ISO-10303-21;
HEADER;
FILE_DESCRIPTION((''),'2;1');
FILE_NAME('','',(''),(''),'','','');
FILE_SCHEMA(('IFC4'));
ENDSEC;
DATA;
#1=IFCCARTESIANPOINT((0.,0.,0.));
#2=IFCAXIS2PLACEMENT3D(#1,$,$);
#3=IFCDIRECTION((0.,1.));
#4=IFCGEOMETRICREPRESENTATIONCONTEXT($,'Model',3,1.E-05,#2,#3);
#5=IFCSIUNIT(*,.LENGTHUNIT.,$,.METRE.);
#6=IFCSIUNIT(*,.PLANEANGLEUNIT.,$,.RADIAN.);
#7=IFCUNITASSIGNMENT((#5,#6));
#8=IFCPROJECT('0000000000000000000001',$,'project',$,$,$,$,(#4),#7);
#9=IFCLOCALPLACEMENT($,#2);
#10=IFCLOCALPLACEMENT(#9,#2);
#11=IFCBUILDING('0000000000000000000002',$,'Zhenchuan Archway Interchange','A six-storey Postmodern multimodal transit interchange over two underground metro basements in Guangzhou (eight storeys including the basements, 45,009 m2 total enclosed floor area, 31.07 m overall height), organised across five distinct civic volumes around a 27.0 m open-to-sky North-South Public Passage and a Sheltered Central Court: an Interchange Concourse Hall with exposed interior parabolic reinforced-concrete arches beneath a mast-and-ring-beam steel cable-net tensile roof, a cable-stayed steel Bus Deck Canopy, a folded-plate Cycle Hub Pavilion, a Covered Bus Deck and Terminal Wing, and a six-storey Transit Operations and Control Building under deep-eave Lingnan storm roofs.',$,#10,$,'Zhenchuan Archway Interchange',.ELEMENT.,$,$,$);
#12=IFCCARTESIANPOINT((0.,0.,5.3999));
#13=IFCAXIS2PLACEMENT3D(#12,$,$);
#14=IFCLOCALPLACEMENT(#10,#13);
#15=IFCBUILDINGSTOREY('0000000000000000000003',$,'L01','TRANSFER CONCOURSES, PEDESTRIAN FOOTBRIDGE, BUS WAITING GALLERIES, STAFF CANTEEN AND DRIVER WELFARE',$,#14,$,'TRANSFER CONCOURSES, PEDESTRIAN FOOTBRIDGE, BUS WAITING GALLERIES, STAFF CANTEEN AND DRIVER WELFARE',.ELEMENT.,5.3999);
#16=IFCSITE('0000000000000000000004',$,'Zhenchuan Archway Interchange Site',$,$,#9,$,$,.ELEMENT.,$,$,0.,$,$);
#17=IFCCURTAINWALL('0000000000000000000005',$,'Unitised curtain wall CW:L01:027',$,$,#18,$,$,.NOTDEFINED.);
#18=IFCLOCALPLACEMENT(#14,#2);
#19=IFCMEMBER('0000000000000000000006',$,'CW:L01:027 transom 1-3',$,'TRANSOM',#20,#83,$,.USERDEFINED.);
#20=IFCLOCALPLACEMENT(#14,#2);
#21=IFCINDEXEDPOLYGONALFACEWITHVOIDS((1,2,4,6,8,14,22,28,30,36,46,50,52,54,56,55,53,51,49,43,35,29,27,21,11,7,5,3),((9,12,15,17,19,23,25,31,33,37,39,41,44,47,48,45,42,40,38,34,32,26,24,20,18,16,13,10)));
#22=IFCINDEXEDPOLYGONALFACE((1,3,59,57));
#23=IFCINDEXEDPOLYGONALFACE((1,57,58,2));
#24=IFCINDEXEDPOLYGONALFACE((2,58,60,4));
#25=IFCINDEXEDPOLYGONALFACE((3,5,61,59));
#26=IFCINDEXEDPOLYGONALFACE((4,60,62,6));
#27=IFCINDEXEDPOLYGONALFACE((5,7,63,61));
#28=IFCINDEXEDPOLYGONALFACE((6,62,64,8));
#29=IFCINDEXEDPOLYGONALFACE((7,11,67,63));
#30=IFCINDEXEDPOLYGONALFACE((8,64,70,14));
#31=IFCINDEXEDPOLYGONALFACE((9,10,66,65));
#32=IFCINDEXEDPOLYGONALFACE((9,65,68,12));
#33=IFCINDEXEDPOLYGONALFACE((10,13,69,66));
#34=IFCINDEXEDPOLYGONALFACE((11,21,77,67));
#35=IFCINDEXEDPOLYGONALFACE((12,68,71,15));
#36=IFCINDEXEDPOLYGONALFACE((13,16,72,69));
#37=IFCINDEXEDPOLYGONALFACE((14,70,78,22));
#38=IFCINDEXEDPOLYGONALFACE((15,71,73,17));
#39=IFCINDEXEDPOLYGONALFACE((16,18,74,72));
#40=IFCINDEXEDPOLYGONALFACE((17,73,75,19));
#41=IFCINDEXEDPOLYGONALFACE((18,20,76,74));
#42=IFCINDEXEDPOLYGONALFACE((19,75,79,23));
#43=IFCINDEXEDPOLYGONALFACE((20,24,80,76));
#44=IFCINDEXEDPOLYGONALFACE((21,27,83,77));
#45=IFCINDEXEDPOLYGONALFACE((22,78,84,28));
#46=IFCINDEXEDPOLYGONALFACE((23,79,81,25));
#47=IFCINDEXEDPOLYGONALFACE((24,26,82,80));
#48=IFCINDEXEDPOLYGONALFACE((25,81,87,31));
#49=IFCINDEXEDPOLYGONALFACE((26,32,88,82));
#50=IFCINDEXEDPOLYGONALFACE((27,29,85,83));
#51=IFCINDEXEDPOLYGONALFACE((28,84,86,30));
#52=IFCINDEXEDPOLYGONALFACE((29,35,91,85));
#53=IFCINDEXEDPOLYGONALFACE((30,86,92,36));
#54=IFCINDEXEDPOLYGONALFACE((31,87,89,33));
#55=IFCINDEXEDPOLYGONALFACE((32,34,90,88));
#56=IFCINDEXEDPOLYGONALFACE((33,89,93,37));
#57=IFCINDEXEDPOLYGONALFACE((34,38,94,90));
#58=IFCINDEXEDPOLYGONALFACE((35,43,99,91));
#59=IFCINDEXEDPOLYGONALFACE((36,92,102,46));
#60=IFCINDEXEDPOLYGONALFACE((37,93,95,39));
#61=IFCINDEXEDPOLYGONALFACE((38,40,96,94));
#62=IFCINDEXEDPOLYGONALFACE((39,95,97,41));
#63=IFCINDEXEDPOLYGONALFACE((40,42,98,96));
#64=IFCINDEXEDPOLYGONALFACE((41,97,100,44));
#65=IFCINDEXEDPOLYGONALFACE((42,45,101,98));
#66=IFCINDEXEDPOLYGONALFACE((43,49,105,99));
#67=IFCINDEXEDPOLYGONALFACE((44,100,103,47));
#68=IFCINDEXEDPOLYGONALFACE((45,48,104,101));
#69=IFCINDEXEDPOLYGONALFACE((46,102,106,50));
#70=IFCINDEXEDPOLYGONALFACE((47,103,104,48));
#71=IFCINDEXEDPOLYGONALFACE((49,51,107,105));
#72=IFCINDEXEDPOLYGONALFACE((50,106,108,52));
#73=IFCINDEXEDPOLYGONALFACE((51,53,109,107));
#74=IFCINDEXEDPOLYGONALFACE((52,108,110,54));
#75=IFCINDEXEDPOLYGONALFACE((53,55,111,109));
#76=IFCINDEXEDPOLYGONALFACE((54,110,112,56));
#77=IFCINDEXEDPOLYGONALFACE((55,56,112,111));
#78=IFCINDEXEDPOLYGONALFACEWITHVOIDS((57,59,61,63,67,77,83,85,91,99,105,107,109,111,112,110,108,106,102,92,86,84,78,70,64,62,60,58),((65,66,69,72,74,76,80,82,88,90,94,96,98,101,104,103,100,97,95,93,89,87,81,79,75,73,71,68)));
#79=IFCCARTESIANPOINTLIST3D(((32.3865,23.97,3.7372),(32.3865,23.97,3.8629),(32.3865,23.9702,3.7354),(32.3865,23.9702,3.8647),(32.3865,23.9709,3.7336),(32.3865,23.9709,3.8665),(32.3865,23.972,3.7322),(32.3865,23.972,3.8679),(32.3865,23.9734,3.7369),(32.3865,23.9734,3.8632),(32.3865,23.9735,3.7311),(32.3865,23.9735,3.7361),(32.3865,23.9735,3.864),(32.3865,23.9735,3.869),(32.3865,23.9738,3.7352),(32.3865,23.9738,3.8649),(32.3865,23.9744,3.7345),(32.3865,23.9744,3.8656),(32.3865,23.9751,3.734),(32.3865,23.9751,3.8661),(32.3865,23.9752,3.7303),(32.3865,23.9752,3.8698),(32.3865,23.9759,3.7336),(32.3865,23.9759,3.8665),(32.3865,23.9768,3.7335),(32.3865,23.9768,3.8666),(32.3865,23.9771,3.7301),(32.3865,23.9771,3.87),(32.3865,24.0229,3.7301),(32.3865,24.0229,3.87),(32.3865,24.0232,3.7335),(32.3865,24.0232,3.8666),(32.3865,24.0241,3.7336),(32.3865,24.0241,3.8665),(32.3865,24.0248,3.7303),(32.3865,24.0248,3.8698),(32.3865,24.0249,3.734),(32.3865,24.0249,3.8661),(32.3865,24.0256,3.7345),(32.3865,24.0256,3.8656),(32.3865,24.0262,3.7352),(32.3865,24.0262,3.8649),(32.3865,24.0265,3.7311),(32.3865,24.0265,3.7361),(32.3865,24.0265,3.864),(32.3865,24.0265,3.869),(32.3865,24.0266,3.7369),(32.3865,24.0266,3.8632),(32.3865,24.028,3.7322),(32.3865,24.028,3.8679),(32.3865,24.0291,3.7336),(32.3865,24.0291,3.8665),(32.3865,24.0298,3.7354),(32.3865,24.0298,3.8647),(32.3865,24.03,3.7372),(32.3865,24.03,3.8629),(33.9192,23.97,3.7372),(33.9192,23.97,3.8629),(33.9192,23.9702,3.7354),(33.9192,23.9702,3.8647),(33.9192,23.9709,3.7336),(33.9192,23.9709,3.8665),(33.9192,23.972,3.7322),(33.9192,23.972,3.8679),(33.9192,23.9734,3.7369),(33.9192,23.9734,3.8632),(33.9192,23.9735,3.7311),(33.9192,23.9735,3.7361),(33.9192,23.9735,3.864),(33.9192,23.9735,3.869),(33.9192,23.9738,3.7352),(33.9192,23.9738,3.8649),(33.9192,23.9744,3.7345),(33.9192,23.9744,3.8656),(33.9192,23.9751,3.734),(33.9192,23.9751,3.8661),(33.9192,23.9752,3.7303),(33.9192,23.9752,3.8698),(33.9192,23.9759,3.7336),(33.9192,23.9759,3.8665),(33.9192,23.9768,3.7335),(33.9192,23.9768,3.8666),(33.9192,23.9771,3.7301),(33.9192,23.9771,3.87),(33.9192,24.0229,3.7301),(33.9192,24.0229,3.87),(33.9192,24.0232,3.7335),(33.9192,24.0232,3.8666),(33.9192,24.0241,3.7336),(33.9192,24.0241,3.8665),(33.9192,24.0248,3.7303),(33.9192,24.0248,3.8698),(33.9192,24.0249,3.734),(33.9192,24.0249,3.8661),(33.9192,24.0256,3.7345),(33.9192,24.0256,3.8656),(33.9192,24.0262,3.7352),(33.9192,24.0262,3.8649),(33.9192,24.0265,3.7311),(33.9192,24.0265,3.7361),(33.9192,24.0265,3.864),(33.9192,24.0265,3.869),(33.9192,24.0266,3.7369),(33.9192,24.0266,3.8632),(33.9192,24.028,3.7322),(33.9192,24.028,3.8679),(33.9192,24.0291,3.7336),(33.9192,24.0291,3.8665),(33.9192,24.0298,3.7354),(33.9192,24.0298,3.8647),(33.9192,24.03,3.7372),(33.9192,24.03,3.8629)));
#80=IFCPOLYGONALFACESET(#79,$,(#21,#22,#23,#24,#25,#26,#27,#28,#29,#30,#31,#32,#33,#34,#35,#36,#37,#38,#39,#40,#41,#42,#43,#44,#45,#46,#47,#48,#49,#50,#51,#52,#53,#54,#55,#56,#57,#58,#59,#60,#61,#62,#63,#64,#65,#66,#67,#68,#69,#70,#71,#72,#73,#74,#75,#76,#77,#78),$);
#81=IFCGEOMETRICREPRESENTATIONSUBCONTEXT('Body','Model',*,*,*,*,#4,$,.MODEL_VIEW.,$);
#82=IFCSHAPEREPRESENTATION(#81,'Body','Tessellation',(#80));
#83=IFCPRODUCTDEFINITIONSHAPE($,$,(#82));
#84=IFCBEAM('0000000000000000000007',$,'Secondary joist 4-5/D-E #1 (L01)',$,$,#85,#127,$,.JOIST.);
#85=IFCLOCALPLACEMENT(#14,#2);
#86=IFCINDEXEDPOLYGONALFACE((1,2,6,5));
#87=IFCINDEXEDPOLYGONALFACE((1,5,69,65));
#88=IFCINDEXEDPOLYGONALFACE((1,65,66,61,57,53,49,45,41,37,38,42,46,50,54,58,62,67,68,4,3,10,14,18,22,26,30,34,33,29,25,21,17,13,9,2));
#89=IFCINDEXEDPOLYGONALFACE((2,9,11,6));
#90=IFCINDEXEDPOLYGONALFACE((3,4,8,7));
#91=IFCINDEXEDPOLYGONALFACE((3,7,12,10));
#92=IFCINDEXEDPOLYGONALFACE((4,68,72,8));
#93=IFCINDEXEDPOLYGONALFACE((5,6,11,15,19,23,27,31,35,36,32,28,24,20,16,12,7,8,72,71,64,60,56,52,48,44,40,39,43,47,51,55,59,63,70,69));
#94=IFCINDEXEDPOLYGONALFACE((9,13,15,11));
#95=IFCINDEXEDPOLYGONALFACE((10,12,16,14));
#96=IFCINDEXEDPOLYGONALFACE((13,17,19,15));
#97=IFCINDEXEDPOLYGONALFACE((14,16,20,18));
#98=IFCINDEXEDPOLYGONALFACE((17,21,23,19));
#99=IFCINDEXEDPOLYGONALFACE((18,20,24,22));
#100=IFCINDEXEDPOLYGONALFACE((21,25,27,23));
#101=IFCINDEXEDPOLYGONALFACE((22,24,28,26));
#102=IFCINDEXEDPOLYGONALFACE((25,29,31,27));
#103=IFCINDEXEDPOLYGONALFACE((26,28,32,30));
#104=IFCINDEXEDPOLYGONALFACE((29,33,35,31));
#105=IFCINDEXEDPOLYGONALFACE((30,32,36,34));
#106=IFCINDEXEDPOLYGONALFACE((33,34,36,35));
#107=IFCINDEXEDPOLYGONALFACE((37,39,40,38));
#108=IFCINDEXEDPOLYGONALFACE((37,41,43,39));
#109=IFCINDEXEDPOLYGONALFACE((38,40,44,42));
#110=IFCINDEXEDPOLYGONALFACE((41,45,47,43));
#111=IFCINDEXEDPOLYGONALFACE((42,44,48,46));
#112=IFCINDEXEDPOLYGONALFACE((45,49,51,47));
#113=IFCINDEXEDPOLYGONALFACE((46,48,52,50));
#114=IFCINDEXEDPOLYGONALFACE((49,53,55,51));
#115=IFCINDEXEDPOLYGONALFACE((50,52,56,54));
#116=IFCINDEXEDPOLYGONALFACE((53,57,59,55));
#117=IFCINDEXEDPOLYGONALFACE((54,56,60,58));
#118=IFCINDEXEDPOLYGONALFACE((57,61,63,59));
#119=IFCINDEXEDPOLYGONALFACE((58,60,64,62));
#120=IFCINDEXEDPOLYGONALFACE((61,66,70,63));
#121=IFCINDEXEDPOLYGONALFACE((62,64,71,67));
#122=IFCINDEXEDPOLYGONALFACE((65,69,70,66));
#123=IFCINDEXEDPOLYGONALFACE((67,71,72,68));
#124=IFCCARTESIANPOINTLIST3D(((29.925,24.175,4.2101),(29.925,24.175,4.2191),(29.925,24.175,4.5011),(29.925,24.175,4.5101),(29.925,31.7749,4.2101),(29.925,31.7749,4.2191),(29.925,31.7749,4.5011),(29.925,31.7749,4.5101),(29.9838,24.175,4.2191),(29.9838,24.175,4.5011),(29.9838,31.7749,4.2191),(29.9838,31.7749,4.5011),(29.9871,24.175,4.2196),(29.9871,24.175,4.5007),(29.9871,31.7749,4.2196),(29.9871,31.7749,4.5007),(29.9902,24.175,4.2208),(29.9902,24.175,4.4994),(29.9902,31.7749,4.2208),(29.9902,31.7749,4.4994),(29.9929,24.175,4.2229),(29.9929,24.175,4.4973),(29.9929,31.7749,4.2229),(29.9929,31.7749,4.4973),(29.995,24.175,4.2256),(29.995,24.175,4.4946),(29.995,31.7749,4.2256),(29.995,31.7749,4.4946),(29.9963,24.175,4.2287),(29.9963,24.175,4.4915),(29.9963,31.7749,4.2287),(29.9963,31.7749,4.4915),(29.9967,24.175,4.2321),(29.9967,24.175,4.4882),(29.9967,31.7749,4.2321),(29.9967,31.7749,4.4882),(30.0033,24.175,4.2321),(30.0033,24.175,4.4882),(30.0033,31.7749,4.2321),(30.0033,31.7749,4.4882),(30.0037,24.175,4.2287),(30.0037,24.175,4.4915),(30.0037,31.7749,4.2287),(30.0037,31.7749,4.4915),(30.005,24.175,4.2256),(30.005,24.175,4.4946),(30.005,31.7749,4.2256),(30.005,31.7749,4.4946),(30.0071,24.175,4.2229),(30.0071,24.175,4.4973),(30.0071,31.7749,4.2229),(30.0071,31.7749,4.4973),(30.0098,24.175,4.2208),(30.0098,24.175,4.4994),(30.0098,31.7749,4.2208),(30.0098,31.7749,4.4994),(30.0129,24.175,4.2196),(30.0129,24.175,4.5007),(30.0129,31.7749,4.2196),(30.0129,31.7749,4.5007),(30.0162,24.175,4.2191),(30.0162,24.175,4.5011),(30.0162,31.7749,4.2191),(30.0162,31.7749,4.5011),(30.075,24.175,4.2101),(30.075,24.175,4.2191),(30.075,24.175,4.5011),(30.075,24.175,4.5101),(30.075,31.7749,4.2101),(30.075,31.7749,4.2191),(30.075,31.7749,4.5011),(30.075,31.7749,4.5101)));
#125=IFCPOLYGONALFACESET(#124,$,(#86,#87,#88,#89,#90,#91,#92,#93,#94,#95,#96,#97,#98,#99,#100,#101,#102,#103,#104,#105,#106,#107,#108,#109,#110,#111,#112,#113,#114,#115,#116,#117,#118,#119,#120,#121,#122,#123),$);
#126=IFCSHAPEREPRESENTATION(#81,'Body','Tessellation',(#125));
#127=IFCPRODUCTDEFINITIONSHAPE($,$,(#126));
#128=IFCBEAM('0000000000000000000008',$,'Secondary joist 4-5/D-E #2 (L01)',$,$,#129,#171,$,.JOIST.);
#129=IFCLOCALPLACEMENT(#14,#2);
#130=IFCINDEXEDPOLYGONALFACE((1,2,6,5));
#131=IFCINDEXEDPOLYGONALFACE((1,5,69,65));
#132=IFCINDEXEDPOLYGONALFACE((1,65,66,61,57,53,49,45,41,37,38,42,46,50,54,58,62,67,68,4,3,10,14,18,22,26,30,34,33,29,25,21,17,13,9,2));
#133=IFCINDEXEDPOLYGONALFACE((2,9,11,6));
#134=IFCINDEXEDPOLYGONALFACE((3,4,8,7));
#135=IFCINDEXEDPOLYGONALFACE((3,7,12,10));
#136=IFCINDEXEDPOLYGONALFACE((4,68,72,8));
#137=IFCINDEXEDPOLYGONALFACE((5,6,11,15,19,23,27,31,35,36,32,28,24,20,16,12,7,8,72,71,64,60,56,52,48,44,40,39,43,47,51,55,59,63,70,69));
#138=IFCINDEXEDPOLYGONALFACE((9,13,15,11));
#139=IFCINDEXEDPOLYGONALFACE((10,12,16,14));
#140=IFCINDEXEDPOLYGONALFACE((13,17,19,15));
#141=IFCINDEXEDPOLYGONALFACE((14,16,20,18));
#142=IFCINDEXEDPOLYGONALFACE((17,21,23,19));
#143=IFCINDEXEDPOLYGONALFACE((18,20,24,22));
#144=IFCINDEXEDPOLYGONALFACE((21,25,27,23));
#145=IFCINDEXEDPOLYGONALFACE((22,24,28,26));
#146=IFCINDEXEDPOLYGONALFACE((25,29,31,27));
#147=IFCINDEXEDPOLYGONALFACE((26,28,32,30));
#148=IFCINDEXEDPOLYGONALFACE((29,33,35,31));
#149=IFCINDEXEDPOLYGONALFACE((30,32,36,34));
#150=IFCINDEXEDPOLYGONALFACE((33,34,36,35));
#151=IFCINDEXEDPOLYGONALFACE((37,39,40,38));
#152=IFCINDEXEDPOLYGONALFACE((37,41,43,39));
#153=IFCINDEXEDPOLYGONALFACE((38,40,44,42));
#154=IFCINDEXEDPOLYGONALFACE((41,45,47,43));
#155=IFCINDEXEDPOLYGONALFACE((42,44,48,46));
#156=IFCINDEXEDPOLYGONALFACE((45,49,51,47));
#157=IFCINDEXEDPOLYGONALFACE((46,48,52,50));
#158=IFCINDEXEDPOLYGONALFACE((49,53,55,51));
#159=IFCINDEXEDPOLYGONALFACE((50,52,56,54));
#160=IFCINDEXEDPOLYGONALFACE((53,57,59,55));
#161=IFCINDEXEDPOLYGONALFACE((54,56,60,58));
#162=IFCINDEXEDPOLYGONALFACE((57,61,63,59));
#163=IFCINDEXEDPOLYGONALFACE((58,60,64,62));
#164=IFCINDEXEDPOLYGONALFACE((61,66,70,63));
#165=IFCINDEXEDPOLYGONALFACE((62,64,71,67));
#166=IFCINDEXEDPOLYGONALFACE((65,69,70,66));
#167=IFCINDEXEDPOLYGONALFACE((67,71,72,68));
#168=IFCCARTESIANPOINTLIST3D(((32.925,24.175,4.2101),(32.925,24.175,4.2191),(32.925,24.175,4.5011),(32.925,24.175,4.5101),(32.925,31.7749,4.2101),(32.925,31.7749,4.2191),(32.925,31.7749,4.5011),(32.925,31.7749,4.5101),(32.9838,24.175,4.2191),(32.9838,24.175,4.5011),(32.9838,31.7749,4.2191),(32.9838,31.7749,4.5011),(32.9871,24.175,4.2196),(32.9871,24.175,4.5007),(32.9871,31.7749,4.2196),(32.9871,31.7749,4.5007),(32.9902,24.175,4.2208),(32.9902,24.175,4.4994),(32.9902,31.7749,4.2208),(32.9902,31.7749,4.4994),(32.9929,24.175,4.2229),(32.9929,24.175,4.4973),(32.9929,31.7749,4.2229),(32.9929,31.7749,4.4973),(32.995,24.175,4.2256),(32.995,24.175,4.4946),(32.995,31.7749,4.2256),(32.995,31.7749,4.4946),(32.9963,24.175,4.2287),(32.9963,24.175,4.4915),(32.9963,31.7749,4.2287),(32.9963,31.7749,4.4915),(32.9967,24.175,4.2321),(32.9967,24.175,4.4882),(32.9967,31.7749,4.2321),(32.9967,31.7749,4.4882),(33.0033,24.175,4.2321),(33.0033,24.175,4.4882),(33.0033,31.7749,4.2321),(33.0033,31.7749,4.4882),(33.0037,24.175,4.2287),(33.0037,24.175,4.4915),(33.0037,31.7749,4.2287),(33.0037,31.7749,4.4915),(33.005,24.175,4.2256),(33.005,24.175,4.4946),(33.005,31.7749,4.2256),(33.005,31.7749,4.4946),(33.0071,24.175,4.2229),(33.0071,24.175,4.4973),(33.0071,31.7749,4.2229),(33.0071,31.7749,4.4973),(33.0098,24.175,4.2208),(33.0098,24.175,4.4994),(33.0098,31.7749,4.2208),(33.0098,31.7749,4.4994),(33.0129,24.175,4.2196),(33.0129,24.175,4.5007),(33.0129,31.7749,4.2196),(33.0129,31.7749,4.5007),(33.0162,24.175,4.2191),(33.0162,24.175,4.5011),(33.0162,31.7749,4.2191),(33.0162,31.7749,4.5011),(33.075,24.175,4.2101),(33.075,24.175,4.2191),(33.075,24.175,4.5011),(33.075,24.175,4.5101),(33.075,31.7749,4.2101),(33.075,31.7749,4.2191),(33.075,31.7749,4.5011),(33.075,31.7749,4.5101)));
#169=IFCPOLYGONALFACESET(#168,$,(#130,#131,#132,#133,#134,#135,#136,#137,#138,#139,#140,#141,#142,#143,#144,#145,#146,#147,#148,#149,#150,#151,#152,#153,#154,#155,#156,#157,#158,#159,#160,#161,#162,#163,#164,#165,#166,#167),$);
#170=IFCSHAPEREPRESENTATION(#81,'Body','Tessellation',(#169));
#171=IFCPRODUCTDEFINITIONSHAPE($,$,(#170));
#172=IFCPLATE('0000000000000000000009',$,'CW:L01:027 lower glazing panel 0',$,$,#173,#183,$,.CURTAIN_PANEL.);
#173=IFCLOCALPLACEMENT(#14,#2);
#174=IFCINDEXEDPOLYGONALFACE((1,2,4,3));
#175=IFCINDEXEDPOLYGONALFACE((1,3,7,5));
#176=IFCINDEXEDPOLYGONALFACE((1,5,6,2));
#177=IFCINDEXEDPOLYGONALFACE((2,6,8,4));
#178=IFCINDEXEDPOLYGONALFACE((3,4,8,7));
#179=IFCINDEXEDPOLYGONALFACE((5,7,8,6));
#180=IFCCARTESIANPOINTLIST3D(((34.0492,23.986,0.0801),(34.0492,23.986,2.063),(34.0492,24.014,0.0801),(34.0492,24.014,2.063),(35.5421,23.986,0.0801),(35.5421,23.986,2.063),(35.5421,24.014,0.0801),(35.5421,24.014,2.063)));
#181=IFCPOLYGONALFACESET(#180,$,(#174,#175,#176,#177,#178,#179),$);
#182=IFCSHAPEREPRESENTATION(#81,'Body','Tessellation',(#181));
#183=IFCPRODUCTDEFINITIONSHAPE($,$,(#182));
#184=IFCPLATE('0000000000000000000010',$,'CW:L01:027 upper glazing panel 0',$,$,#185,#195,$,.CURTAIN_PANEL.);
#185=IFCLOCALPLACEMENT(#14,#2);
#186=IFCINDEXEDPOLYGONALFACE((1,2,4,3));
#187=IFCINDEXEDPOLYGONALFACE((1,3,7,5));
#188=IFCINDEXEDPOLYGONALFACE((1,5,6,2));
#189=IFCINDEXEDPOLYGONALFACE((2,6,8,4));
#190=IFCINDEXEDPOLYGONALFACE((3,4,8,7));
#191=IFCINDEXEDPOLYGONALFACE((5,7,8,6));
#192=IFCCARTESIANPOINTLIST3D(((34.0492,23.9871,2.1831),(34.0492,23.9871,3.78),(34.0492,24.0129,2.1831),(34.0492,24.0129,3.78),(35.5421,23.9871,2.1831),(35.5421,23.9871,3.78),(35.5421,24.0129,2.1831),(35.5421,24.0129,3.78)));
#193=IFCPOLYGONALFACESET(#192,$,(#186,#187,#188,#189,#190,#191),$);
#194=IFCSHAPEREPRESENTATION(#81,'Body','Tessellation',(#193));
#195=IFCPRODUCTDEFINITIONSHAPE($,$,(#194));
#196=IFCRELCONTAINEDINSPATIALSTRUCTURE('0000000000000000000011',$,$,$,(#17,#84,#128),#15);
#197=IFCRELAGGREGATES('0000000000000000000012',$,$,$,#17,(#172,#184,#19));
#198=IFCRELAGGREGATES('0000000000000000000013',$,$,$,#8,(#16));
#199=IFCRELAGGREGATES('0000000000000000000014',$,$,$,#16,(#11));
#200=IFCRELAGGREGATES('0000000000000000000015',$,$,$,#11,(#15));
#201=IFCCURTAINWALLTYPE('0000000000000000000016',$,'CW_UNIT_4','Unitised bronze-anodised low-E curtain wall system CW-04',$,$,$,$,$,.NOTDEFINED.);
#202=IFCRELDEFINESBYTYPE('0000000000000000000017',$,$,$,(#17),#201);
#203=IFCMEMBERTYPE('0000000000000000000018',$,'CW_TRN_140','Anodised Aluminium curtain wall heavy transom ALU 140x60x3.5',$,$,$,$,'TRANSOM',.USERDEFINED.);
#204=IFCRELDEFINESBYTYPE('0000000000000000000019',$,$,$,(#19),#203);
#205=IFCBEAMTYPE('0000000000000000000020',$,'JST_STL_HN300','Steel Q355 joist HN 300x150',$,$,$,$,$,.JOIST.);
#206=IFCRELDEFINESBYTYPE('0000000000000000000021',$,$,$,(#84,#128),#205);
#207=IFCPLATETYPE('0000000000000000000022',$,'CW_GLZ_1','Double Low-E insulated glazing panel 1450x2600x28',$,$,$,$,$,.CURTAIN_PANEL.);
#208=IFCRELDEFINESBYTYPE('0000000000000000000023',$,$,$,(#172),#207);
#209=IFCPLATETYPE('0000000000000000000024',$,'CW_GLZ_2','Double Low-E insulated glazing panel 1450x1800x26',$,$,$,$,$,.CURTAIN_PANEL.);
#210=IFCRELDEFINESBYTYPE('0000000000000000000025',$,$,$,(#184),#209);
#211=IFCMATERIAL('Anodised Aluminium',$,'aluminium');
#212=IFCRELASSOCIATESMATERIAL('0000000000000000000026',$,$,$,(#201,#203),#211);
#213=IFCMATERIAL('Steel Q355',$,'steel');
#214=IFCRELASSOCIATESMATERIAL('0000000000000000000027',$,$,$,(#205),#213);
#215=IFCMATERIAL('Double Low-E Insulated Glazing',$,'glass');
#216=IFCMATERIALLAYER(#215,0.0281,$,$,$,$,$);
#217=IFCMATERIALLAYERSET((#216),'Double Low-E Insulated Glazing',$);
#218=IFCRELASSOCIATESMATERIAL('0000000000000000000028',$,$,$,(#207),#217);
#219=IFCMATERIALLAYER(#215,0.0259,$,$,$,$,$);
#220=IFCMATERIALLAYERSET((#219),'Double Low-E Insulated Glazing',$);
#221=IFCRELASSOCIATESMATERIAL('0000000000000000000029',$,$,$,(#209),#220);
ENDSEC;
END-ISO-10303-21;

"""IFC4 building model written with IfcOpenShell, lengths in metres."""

from ifc_helpers import new_model, si_unit, direction, frame, origin, origin_2d, place, context, subcontext, project, spatial, rectangle, hollow_rectangle, i_section, extrude, material, layer, layer_set, material_profile, profile_set, type_object, element, aggregate, save


model = new_model("IFC4")

# Units and contexts
model_context = context("Model", 3, precision=1e-05, world=origin(), true_north=direction((0.0, 1.0)))
body_context = subcontext(model_context, "Body", "Model", "MODEL_VIEW")
ifc_project = project(units=[si_unit("LENGTHUNIT", "METRE"), si_unit("PLANEANGLEUNIT", "RADIAN")], contexts=[model_context])

# Site, building, storey
site_placement = place(None, origin())
site = spatial("IfcSite", under=ifc_project, at=site_placement, Name="Zhenchuan Archway Interchange Site", CompositionType="ELEMENT", RefElevation=0.0)
building_placement = place(site_placement, origin())
building = spatial("IfcBuilding", under=site, at=building_placement, Name="Zhenchuan Archway Interchange", Description="A six-storey Postmodern multimodal transit interchange over two underground metro basements in Guangzhou (eight storeys including the basements, 45,009 m2 total enclosed floor area, 31.07 m overall height), organised across five distinct civic volumes around a 27.0 m open-to-sky North-South Public Passage and a Sheltered Central Court: an Interchange Concourse Hall with exposed interior parabolic reinforced-concrete arches beneath a mast-and-ring-beam steel cable-net tensile roof, a cable-stayed steel Bus Deck Canopy, a folded-plate Cycle Hub Pavilion, a Covered Bus Deck and Terminal Wing, and a six-storey Transit Operations and Control Building under deep-eave Lingnan storm roofs.", LongName="Zhenchuan Archway Interchange", CompositionType="ELEMENT")
storey_placement = place(building_placement, frame((0.0, 0.0, 5.3999)))
storey = spatial("IfcBuildingStorey", under=building, at=storey_placement, Name="L01", Description="TRANSFER CONCOURSES, PEDESTRIAN FOOTBRIDGE, BUS WAITING GALLERIES, STAFF CANTEEN AND DRIVER WELFARE", LongName="TRANSFER CONCOURSES, PEDESTRIAN FOOTBRIDGE, BUS WAITING GALLERIES, STAFF CANTEEN AND DRIVER WELFARE", CompositionType="ELEMENT", Elevation=5.3999)

# Curtain wall, member
ifc_material_1 = material(Name="Anodised Aluminium", Category="aluminium")
curtain_wall_type = type_object("IfcCurtainWallType", Name="CW_UNIT_4", Description="Unitised bronze-anodised low-E curtain wall system CW-04", PredefinedType="NOTDEFINED", material=ifc_material_1)
curtain_wall_placement = place(storey_placement, origin())
curtain_wall = element("IfcCurtainWall", 1, at=curtain_wall_placement, inside=storey, type_object=curtain_wall_type, Name="Unitised curtain wall CW:L01:027", PredefinedType="NOTDEFINED")
ifc_material_profile_1 = material_profile(ifc_material_1, hollow_rectangle(XDim=0.0601, YDim=0.1399, WallThickness=0.0034, InnerFilletRadius=0.0034, OuterFilletRadius=0.0071, at=origin_2d()), Name="ALU 140x60x3.5")
ifc_profile_set_1 = profile_set([ifc_material_profile_1], Name="Anodised Aluminium")
member_type_1 = type_object("IfcMemberType", Name="CW_TRN_140", Description="Anodised Aluminium curtain wall heavy transom ALU 140x60x3.5", ElementType="TRANSOM", PredefinedType="USERDEFINED", material=ifc_profile_set_1)
member_1_placement = place(storey_placement, frame((33.9192, 24.0, 3.8), z_axis=(-1.0, 0.0, 0.0), x_axis=(0.0, -1.0, 0.0)))
member_1 = element("IfcMember", 2, at=member_1_placement, type_object=member_type_1, Name="CW:L01:027 transom 1-3", ObjectType="TRANSOM", PredefinedType="USERDEFINED", context=body_context, shape_type="SweptSolid", body=[
    extrude(hollow_rectangle(XDim=0.0601, YDim=0.1399, WallThickness=0.0034, InnerFilletRadius=0.0034, OuterFilletRadius=0.0071, at=origin_2d()), origin(), (0.0, 0.0, 1.0), 1.5327),
])

# Beams
ifc_material_2 = material(Name="Steel Q355", Category="steel")
ifc_material_profile_2 = material_profile(ifc_material_2, i_section(OverallWidth=0.1499, OverallDepth=0.3, WebThickness=0.0066, FlangeThickness=0.009, FilletRadius=0.0129, at=origin_2d()), Name="HN 300x150")
ifc_profile_set_2 = profile_set([ifc_material_profile_2], Name="Steel Q355")
beam_type_1 = type_object("IfcBeamType", Name="JST_STL_HN300", Description="Steel Q355 joist HN 300x150", PredefinedType="JOIST", material=ifc_profile_set_2)
for number, where, z_axis, x_axis, name in (
    (3, (30.0, 24.175, 4.3601), (0.0, 1.0, 0.0), (-1.0, 0.0, 0.0), "Secondary joist 4-5/D-E #1 (L01)"),
    (4, (33.0, 24.175, 4.3601), (0.0, 1.0, 0.0), (-1.0, 0.0, 0.0), "Secondary joist 4-5/D-E #2 (L01)"),
):
    element("IfcBeam", number, at=place(storey_placement, frame(where, z_axis=z_axis, x_axis=x_axis)), inside=storey, type_object=beam_type_1, Name=name, PredefinedType="JOIST", context=body_context, shape_type="SweptSolid", body=[
        extrude(i_section(OverallWidth=0.1499, OverallDepth=0.3, WebThickness=0.0066, FlangeThickness=0.009, FilletRadius=0.0129, at=origin_2d()), origin(), (0.0, 0.0, 1.0), 7.5999),
    ])

# Plates
ifc_material_3 = material(Name="Double Low-E Insulated Glazing", Category="glass")
ifc_layer_1 = layer(ifc_material_3, 0.0281)
ifc_layer_set_1 = layer_set([ifc_layer_1], Name="Double Low-E Insulated Glazing")
plate_type_1 = type_object("IfcPlateType", Name="CW_GLZ_1", Description="Double Low-E insulated glazing panel 1450x2600x28", PredefinedType="CURTAIN_PANEL", material=ifc_layer_set_1)
plate_1_placement = place(storey_placement, frame((34.7957, 24.0, 0.0801), z_axis=(0.0, 0.0, 1.0), x_axis=(-1.0, 0.0, 0.0)))
plate_1 = element("IfcPlate", 5, at=plate_1_placement, type_object=plate_type_1, Name="CW:L01:027 lower glazing panel 0", PredefinedType="CURTAIN_PANEL", context=body_context, shape_type="SweptSolid", body=[
    extrude(rectangle(XDim=1.4929, YDim=0.0281, at=origin_2d()), origin(), (0.0, 0.0, 1.0), 1.9829),
])
ifc_layer_2 = layer(ifc_material_3, 0.0259)
ifc_layer_set_2 = layer_set([ifc_layer_2], Name="Double Low-E Insulated Glazing")
plate_type_2 = type_object("IfcPlateType", Name="CW_GLZ_2", Description="Double Low-E insulated glazing panel 1450x1800x26", PredefinedType="CURTAIN_PANEL", material=ifc_layer_set_2)
plate_2_placement = place(storey_placement, frame((34.7957, 24.0, 2.1831), z_axis=(0.0, 0.0, 1.0), x_axis=(-1.0, 0.0, 0.0)))
plate_2 = element("IfcPlate", 6, at=plate_2_placement, type_object=plate_type_2, Name="CW:L01:027 upper glazing panel 0", PredefinedType="CURTAIN_PANEL", context=body_context, shape_type="SweptSolid", body=[
    extrude(rectangle(XDim=1.4929, YDim=0.0259, at=origin_2d()), origin(), (0.0, 0.0, 1.0), 1.5969),
])
aggregate(curtain_wall, [plate_1, plate_2, member_1])

save(model, "model.ifc")
